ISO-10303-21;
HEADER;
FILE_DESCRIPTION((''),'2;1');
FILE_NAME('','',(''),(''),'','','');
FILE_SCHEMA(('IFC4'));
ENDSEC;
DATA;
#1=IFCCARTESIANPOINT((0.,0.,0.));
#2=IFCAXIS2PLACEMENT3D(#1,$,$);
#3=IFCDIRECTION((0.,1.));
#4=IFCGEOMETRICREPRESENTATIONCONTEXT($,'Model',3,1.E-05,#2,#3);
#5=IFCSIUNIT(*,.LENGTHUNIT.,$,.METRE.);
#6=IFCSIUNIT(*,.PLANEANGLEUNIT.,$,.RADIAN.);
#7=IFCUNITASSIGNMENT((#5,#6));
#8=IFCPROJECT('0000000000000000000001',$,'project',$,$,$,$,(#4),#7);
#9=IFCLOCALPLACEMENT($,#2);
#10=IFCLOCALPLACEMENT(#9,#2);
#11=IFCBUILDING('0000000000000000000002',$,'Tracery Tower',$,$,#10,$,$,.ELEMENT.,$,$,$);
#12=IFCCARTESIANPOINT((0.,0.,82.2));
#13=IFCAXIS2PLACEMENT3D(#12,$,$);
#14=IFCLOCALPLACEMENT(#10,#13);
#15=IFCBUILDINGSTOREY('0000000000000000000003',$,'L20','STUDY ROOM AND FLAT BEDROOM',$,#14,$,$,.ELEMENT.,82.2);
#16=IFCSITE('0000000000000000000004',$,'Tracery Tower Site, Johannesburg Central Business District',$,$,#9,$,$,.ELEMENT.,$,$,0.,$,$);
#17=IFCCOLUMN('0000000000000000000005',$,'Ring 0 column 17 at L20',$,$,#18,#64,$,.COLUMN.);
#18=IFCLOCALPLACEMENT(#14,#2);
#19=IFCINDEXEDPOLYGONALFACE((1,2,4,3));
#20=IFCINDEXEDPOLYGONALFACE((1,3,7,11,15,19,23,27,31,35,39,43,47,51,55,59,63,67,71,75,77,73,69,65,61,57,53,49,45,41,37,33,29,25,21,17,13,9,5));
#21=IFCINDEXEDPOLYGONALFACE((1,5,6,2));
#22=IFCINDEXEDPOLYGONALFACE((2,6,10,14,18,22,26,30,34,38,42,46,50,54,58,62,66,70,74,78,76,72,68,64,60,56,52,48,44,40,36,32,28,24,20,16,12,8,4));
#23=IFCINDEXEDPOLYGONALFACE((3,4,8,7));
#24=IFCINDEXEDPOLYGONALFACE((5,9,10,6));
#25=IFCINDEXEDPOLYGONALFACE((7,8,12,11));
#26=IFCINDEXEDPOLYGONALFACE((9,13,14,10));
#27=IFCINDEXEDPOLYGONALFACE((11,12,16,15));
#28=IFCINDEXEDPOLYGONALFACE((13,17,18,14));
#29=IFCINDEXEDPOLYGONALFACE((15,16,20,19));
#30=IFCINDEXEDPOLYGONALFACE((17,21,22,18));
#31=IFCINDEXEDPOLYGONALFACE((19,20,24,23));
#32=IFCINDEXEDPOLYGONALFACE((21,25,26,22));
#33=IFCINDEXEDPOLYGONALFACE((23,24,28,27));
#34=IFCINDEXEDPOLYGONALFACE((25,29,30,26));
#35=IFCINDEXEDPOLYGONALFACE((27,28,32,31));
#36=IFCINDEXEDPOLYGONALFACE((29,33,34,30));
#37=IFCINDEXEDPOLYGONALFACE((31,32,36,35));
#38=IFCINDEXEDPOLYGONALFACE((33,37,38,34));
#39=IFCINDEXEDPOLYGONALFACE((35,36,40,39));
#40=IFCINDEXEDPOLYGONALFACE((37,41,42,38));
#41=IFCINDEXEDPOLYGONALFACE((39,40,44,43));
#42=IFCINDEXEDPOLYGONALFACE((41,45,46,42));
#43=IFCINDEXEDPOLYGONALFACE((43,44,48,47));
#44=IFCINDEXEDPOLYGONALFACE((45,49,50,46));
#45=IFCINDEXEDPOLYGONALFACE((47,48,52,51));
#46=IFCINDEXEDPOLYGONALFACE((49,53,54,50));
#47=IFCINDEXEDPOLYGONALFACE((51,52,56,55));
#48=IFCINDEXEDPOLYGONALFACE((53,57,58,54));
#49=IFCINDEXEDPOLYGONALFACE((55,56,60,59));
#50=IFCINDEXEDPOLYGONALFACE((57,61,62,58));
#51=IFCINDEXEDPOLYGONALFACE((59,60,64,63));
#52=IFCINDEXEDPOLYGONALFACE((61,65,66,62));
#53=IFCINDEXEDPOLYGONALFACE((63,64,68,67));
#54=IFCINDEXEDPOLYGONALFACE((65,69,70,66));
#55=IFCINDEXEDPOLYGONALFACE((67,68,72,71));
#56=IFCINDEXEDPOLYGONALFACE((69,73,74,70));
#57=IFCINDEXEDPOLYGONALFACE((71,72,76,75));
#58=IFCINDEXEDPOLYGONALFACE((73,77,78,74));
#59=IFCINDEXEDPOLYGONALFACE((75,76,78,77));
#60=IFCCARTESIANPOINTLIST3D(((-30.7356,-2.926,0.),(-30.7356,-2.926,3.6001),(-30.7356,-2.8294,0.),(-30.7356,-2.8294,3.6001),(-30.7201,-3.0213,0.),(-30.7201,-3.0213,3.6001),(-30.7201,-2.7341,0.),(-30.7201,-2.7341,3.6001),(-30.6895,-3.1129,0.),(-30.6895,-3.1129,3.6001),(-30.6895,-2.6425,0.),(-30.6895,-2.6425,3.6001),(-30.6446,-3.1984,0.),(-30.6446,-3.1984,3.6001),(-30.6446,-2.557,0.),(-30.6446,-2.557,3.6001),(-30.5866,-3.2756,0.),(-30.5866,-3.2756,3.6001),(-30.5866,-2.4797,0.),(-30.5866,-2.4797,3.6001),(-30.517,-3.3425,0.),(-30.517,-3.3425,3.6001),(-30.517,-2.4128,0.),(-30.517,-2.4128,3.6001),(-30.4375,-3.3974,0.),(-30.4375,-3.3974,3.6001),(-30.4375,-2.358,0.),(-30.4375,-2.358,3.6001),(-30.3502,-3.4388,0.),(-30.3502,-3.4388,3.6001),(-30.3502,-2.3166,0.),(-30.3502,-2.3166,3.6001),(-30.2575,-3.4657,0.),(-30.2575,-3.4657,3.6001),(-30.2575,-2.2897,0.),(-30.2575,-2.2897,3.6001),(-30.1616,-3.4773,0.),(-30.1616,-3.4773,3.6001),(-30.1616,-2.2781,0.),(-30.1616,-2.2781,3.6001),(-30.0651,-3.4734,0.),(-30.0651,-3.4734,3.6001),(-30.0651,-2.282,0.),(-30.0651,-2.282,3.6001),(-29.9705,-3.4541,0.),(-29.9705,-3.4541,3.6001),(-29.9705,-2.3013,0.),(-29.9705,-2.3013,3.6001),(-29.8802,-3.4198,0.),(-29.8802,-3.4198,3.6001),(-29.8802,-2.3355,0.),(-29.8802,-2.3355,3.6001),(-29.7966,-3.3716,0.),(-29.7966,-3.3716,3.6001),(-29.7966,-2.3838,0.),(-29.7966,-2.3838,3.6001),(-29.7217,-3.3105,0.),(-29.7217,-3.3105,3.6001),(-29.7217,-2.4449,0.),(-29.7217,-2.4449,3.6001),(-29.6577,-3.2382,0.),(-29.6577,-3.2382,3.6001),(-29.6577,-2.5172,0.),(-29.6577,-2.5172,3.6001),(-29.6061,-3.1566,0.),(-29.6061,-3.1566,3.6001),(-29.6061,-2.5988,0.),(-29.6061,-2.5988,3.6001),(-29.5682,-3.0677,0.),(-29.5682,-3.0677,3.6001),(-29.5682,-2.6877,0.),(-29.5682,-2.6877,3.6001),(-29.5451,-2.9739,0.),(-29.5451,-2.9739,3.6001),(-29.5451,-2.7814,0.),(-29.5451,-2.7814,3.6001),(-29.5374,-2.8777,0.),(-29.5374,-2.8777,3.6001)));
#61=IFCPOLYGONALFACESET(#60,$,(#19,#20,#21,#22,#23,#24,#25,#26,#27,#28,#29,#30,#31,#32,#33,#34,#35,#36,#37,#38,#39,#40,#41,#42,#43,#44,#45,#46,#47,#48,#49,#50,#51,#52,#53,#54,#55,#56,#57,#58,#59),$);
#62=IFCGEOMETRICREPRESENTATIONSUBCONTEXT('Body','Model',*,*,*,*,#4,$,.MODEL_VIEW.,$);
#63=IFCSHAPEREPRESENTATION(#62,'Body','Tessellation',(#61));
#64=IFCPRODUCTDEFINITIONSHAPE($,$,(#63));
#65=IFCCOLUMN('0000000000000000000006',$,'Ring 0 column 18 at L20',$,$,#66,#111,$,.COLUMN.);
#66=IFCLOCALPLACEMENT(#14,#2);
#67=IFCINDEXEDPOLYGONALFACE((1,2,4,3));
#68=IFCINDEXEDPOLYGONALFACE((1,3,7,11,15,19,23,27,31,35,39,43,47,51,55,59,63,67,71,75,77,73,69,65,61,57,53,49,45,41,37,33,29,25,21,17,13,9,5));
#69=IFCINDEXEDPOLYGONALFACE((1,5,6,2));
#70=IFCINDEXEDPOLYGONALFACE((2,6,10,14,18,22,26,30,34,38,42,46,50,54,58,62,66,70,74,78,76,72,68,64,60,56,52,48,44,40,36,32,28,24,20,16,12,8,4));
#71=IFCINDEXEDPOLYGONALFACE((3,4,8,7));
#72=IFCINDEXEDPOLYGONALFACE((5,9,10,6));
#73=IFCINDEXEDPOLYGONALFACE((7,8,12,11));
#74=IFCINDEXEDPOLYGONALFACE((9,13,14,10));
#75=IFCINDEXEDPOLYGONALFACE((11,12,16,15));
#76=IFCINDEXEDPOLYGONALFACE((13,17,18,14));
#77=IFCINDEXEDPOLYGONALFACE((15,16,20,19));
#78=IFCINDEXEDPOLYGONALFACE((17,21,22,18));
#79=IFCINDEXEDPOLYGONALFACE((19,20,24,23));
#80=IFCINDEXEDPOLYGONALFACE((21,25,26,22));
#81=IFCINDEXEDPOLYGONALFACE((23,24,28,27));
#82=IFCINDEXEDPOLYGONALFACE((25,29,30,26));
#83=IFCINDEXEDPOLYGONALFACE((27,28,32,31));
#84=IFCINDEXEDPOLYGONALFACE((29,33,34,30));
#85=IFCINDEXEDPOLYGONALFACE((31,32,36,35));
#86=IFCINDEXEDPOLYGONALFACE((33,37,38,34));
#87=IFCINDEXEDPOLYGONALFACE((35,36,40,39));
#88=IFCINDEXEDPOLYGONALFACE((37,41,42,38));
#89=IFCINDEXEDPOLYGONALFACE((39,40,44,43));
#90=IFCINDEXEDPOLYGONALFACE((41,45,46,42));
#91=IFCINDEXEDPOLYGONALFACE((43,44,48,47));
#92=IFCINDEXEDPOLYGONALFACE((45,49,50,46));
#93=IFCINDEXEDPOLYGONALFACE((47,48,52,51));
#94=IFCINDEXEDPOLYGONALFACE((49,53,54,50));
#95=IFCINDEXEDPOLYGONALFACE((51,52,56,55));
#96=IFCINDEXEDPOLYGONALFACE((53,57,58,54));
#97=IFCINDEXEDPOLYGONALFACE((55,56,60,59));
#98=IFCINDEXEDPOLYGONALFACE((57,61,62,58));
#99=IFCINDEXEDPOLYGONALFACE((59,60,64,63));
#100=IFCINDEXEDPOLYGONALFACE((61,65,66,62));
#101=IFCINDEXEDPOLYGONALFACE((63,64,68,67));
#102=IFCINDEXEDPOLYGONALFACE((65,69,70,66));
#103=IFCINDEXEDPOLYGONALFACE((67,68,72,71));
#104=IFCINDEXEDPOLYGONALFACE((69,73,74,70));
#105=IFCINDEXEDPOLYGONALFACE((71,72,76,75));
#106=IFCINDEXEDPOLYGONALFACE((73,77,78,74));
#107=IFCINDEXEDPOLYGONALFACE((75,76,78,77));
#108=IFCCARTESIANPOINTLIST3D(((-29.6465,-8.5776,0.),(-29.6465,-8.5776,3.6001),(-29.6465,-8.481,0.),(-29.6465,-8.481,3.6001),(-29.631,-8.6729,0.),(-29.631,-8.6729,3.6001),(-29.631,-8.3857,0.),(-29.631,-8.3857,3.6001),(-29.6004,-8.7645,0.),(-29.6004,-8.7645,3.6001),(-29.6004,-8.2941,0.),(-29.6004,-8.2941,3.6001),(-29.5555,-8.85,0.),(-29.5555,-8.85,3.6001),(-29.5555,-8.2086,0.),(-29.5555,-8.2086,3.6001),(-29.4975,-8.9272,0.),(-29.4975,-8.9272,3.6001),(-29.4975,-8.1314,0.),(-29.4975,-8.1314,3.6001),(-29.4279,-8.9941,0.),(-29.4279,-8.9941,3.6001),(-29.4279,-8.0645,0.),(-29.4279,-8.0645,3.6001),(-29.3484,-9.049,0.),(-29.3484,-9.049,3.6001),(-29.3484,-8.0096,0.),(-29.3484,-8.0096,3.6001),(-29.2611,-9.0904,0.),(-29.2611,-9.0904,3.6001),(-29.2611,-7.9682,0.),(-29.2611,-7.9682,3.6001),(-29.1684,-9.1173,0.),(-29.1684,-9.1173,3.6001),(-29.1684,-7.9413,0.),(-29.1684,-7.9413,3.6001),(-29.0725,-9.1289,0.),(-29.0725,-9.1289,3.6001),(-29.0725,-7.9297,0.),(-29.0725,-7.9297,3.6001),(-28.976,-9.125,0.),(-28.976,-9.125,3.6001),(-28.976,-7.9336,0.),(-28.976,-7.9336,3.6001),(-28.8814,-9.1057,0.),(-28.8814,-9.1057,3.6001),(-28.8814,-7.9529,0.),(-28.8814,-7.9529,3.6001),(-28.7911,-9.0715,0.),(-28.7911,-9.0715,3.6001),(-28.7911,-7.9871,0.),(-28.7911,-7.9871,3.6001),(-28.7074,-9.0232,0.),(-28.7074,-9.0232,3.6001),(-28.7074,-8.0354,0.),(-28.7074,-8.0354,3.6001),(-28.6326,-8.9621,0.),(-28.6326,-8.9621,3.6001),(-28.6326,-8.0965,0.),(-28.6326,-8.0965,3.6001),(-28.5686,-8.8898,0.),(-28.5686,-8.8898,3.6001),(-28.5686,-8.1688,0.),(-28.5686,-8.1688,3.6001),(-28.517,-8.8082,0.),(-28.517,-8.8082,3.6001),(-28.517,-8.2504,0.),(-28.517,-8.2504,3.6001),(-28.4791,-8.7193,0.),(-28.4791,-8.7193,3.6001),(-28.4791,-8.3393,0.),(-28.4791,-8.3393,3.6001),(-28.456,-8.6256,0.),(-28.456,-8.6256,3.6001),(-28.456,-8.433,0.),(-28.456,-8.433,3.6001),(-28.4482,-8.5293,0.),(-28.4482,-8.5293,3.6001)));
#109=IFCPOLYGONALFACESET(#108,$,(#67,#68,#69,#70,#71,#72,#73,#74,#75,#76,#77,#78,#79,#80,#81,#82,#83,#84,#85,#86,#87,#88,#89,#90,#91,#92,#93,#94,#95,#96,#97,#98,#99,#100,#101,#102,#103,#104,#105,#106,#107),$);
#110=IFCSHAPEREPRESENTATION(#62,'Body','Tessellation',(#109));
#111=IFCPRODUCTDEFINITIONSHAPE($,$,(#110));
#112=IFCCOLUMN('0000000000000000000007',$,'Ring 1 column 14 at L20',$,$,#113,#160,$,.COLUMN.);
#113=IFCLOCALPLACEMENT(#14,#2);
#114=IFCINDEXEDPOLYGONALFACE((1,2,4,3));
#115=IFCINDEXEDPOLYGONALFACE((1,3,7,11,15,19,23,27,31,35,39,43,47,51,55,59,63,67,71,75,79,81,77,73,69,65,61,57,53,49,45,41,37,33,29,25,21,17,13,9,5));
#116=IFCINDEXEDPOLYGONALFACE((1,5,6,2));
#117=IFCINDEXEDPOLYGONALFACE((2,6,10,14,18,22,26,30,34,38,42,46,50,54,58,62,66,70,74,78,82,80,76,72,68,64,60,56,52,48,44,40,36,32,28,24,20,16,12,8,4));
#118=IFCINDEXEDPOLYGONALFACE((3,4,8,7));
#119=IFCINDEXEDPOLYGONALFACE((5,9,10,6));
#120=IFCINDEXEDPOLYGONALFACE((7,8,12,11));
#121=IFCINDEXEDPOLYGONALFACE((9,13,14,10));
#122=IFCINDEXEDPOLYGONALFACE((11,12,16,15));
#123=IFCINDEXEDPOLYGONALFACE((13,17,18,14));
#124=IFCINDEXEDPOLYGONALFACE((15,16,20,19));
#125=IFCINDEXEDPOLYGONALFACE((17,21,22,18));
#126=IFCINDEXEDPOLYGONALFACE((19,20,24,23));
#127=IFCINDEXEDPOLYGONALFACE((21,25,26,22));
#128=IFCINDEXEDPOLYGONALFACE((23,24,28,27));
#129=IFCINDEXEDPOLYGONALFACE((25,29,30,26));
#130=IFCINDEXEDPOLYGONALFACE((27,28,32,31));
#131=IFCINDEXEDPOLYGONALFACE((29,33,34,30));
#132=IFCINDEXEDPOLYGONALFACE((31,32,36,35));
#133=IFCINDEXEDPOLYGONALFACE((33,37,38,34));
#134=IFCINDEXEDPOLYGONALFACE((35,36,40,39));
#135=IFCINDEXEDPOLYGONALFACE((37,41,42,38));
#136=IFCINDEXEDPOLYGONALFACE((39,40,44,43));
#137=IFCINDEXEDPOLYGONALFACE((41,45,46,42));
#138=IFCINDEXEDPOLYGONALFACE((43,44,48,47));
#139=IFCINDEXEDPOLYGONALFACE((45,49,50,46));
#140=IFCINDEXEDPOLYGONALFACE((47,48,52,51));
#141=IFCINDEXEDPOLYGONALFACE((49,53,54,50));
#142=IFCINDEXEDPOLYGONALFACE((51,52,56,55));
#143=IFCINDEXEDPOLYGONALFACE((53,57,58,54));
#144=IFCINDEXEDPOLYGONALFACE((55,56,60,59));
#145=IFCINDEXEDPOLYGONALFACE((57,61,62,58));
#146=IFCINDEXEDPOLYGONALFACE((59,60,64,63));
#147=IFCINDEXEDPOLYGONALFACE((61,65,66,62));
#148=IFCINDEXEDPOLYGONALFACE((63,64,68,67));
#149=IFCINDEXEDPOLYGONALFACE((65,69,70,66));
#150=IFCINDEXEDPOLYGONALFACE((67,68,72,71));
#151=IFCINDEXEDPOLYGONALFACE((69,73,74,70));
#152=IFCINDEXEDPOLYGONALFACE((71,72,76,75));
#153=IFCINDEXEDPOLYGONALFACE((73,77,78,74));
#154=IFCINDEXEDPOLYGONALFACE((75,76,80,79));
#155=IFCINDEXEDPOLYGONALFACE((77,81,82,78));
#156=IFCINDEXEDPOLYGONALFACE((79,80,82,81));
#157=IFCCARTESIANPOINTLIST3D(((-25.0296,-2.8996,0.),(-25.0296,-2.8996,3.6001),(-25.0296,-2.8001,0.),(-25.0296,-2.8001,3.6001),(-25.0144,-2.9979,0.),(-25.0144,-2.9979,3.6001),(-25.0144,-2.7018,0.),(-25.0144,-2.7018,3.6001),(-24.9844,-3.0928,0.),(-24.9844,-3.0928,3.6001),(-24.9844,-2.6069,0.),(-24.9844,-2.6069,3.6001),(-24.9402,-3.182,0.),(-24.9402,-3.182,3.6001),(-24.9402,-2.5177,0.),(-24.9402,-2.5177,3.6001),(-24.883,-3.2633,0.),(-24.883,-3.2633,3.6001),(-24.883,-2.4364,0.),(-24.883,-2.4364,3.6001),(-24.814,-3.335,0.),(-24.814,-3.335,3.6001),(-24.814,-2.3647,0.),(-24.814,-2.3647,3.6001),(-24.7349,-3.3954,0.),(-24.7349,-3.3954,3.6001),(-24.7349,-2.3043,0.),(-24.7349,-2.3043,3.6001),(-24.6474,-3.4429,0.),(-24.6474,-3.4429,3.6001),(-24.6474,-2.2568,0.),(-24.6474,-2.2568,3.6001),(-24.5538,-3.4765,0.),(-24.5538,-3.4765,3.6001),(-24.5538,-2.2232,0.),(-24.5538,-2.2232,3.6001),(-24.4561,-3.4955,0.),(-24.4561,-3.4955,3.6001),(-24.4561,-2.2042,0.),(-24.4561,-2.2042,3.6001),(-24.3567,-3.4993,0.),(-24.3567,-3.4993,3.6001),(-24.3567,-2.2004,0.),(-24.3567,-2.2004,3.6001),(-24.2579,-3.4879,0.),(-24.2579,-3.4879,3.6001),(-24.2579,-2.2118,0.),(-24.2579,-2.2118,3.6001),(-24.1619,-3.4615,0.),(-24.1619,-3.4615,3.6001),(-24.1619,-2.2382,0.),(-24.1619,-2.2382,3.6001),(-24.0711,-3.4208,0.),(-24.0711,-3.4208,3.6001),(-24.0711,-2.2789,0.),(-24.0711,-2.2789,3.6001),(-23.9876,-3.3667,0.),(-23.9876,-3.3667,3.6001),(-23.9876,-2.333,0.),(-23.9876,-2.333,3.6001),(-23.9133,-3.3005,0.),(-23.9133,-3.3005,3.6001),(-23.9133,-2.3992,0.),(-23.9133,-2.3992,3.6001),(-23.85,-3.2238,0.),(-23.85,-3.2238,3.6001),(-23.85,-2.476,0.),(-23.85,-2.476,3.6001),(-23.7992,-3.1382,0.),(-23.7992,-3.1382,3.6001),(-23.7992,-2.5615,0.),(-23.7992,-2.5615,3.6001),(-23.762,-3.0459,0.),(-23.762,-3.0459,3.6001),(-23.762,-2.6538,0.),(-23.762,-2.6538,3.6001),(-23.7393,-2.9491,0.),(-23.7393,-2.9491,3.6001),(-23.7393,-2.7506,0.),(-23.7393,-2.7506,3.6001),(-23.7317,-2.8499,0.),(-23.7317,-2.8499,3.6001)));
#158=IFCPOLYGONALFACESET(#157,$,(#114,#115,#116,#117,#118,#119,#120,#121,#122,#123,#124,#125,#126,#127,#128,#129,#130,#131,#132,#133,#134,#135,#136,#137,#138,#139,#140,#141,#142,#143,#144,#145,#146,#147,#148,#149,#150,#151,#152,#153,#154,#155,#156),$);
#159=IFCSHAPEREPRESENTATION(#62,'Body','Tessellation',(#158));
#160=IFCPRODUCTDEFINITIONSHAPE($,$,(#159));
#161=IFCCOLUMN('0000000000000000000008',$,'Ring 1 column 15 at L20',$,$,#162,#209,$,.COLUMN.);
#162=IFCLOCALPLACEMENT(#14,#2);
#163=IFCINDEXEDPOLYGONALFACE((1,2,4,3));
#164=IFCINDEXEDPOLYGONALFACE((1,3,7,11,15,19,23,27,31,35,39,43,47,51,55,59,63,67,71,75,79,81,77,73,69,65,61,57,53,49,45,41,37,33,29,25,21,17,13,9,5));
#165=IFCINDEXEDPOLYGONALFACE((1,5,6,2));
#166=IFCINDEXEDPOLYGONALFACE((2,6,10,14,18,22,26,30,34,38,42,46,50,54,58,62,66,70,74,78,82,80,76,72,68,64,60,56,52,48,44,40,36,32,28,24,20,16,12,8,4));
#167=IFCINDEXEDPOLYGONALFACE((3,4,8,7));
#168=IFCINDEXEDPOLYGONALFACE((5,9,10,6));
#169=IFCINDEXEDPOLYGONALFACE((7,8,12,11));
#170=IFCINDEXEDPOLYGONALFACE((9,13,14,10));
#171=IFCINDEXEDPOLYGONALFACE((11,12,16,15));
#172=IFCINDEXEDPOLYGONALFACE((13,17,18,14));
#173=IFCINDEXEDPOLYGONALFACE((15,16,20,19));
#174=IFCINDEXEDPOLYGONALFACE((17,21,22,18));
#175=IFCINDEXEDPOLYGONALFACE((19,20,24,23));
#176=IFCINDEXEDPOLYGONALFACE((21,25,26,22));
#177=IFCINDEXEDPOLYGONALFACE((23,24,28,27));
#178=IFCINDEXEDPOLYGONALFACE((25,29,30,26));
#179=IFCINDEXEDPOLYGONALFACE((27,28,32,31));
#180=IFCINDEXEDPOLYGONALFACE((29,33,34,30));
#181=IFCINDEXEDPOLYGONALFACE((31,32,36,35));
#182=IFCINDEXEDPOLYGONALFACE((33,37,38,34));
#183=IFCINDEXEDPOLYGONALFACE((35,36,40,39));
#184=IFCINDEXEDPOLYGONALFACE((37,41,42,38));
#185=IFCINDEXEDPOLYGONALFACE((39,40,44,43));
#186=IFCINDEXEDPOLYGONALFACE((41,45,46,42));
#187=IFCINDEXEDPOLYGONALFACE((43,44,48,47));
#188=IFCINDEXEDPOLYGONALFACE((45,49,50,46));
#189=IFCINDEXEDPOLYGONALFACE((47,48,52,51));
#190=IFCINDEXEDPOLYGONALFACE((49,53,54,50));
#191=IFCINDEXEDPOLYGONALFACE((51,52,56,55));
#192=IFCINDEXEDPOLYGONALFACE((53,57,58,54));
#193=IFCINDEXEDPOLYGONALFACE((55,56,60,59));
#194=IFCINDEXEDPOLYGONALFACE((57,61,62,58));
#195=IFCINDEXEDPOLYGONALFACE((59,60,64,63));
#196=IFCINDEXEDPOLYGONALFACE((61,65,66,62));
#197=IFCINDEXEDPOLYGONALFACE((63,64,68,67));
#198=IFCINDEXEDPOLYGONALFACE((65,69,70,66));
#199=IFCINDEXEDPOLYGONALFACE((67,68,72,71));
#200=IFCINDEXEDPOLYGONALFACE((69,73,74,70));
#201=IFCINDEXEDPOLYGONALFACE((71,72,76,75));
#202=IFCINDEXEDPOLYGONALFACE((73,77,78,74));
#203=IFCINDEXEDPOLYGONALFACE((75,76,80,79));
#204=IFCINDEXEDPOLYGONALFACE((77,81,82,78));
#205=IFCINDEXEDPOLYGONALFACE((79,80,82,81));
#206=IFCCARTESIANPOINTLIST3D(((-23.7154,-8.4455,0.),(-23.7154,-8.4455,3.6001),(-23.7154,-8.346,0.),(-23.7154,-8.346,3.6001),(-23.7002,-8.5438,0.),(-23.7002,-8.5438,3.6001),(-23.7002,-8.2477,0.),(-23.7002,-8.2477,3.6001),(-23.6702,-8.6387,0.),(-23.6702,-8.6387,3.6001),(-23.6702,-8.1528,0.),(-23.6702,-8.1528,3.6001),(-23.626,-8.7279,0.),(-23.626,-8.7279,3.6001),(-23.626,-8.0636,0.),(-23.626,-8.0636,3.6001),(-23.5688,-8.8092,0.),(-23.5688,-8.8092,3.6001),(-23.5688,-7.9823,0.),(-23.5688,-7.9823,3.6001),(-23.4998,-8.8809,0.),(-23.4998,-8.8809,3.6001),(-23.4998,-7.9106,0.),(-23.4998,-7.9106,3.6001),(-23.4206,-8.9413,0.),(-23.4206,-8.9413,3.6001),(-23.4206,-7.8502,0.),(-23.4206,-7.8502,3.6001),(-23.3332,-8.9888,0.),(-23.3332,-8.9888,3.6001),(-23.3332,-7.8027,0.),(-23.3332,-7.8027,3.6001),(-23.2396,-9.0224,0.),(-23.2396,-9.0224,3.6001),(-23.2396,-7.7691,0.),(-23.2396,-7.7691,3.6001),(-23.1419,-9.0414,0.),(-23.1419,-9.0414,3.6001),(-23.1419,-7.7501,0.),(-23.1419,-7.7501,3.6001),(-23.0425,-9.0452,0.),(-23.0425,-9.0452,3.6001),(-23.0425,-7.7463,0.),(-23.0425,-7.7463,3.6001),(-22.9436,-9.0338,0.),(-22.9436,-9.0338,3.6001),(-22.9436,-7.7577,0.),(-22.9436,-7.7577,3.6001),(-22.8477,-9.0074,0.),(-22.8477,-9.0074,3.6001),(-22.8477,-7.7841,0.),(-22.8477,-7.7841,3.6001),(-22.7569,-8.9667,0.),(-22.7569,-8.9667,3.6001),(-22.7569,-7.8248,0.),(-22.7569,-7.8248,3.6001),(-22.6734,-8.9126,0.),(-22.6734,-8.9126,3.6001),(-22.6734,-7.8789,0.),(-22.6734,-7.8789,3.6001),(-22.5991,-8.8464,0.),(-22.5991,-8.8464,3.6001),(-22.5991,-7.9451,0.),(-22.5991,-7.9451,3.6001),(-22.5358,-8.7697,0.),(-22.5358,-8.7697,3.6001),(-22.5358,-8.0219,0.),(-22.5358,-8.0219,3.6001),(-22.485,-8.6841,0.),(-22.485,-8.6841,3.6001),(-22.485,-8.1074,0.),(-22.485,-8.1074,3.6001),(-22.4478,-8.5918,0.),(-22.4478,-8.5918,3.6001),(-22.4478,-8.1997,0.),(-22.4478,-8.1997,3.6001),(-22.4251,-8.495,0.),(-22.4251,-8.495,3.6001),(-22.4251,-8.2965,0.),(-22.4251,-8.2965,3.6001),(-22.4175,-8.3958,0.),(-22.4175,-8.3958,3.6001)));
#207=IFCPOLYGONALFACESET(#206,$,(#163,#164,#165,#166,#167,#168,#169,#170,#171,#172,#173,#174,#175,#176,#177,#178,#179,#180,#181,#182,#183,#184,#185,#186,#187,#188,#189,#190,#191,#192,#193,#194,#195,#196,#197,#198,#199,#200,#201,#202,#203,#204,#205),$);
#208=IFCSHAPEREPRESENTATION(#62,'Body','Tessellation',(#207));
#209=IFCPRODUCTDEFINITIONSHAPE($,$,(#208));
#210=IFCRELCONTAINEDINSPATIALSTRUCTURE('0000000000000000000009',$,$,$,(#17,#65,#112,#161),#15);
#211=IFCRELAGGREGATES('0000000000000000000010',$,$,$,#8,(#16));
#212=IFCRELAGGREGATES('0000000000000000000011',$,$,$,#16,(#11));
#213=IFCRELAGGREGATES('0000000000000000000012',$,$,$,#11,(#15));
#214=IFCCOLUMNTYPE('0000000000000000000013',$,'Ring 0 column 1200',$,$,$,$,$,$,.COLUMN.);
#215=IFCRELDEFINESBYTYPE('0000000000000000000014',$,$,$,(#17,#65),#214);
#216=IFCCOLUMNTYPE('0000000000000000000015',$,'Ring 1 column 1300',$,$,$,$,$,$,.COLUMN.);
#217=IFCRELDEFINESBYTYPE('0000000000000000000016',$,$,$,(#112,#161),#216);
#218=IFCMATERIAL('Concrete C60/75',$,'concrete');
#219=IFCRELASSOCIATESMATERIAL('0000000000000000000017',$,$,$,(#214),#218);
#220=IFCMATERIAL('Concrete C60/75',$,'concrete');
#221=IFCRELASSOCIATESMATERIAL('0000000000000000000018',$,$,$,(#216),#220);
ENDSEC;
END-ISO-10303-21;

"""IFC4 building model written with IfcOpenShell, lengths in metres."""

from ifc_helpers import new_model, si_unit, direction, frame, origin, origin_2d, place, context, subcontext, project, spatial, circle, extrude, material, material_profile, profile_set, type_object, element, save


model = new_model("IFC4")

# Units and contexts
model_context = context("Model", 3, precision=1e-05, world=origin(), true_north=direction((0.0, 1.0)))
body_context = subcontext(model_context, "Body", "Model", "MODEL_VIEW")
ifc_project = project(units=[si_unit("LENGTHUNIT", "METRE"), si_unit("PLANEANGLEUNIT", "RADIAN")], contexts=[model_context])

# Site, building, storey
site_placement = place(None, origin())
site = spatial("IfcSite", under=ifc_project, at=site_placement, Name="Tracery Tower Site, Johannesburg Central Business District", CompositionType="ELEMENT", RefElevation=0.0)
building_placement = place(site_placement, origin())
building = spatial("IfcBuilding", under=site, at=building_placement, Name="Tracery Tower", CompositionType="ELEMENT")
storey_placement = place(building_placement, frame((0.0, 0.0, 82.2)))
storey = spatial("IfcBuildingStorey", under=building, at=storey_placement, Name="L20", Description="STUDY ROOM AND FLAT BEDROOM", CompositionType="ELEMENT", Elevation=82.2)

# Columns
ifc_material_1 = material(Name="Concrete C60/75", Category="concrete")
ifc_material_profile_1 = material_profile(ifc_material_1, circle(Radius=0.6001, at=origin_2d()), Name="RC D1200")
ifc_profile_set_1 = profile_set([ifc_material_profile_1], Name="Concrete C60/75")
column_type_1 = type_object("IfcColumnType", Name="Ring 0 column 1200", PredefinedType="COLUMN", material=ifc_profile_set_1)
for number, where, z_axis, x_axis, name in (
    (1, (-30.1375, -2.8777, 0.0), (0.0, 0.0, 1.0), (1.0, 0.0, 0.0), "Ring 0 column 17 at L20"),
    (2, (-29.0483, -8.5293, 0.0), (0.0, 0.0, 1.0), (1.0, 0.0, 0.0), "Ring 0 column 18 at L20"),
):
    element("IfcColumn", number, at=place(storey_placement, frame(where, z_axis=z_axis, x_axis=x_axis)), inside=storey, type_object=column_type_1, Name=name, PredefinedType="COLUMN", context=body_context, shape_type="SweptSolid", body=[
        extrude(circle(Radius=0.6001, at=origin_2d()), origin(), (0.0, 0.0, 1.0), 3.6001),
    ])
ifc_material_2 = material(Name="Concrete C60/75", Category="concrete")
ifc_material_profile_2 = material_profile(ifc_material_2, circle(Radius=0.6499, at=origin_2d()), Name="RC D1300")
ifc_profile_set_2 = profile_set([ifc_material_profile_2], Name="Concrete C60/75")
column_type_2 = type_object("IfcColumnType", Name="Ring 1 column 1300", PredefinedType="COLUMN", material=ifc_profile_set_2)
for number, where, z_axis, x_axis, name in (
    (3, (-24.3816, -2.8499, 0.0), (0.0, 0.0, 1.0), (1.0, 0.0, 0.0), "Ring 1 column 14 at L20"),
    (4, (-23.0674, -8.3958, 0.0), (0.0, 0.0, 1.0), (1.0, 0.0, 0.0), "Ring 1 column 15 at L20"),
):
    element("IfcColumn", number, at=place(storey_placement, frame(where, z_axis=z_axis, x_axis=x_axis)), inside=storey, type_object=column_type_2, Name=name, PredefinedType="COLUMN", context=body_context, shape_type="SweptSolid", body=[
        extrude(circle(Radius=0.6499, at=origin_2d()), origin(), (0.0, 0.0, 1.0), 3.6001),
    ])

save(model, "model.ifc")
